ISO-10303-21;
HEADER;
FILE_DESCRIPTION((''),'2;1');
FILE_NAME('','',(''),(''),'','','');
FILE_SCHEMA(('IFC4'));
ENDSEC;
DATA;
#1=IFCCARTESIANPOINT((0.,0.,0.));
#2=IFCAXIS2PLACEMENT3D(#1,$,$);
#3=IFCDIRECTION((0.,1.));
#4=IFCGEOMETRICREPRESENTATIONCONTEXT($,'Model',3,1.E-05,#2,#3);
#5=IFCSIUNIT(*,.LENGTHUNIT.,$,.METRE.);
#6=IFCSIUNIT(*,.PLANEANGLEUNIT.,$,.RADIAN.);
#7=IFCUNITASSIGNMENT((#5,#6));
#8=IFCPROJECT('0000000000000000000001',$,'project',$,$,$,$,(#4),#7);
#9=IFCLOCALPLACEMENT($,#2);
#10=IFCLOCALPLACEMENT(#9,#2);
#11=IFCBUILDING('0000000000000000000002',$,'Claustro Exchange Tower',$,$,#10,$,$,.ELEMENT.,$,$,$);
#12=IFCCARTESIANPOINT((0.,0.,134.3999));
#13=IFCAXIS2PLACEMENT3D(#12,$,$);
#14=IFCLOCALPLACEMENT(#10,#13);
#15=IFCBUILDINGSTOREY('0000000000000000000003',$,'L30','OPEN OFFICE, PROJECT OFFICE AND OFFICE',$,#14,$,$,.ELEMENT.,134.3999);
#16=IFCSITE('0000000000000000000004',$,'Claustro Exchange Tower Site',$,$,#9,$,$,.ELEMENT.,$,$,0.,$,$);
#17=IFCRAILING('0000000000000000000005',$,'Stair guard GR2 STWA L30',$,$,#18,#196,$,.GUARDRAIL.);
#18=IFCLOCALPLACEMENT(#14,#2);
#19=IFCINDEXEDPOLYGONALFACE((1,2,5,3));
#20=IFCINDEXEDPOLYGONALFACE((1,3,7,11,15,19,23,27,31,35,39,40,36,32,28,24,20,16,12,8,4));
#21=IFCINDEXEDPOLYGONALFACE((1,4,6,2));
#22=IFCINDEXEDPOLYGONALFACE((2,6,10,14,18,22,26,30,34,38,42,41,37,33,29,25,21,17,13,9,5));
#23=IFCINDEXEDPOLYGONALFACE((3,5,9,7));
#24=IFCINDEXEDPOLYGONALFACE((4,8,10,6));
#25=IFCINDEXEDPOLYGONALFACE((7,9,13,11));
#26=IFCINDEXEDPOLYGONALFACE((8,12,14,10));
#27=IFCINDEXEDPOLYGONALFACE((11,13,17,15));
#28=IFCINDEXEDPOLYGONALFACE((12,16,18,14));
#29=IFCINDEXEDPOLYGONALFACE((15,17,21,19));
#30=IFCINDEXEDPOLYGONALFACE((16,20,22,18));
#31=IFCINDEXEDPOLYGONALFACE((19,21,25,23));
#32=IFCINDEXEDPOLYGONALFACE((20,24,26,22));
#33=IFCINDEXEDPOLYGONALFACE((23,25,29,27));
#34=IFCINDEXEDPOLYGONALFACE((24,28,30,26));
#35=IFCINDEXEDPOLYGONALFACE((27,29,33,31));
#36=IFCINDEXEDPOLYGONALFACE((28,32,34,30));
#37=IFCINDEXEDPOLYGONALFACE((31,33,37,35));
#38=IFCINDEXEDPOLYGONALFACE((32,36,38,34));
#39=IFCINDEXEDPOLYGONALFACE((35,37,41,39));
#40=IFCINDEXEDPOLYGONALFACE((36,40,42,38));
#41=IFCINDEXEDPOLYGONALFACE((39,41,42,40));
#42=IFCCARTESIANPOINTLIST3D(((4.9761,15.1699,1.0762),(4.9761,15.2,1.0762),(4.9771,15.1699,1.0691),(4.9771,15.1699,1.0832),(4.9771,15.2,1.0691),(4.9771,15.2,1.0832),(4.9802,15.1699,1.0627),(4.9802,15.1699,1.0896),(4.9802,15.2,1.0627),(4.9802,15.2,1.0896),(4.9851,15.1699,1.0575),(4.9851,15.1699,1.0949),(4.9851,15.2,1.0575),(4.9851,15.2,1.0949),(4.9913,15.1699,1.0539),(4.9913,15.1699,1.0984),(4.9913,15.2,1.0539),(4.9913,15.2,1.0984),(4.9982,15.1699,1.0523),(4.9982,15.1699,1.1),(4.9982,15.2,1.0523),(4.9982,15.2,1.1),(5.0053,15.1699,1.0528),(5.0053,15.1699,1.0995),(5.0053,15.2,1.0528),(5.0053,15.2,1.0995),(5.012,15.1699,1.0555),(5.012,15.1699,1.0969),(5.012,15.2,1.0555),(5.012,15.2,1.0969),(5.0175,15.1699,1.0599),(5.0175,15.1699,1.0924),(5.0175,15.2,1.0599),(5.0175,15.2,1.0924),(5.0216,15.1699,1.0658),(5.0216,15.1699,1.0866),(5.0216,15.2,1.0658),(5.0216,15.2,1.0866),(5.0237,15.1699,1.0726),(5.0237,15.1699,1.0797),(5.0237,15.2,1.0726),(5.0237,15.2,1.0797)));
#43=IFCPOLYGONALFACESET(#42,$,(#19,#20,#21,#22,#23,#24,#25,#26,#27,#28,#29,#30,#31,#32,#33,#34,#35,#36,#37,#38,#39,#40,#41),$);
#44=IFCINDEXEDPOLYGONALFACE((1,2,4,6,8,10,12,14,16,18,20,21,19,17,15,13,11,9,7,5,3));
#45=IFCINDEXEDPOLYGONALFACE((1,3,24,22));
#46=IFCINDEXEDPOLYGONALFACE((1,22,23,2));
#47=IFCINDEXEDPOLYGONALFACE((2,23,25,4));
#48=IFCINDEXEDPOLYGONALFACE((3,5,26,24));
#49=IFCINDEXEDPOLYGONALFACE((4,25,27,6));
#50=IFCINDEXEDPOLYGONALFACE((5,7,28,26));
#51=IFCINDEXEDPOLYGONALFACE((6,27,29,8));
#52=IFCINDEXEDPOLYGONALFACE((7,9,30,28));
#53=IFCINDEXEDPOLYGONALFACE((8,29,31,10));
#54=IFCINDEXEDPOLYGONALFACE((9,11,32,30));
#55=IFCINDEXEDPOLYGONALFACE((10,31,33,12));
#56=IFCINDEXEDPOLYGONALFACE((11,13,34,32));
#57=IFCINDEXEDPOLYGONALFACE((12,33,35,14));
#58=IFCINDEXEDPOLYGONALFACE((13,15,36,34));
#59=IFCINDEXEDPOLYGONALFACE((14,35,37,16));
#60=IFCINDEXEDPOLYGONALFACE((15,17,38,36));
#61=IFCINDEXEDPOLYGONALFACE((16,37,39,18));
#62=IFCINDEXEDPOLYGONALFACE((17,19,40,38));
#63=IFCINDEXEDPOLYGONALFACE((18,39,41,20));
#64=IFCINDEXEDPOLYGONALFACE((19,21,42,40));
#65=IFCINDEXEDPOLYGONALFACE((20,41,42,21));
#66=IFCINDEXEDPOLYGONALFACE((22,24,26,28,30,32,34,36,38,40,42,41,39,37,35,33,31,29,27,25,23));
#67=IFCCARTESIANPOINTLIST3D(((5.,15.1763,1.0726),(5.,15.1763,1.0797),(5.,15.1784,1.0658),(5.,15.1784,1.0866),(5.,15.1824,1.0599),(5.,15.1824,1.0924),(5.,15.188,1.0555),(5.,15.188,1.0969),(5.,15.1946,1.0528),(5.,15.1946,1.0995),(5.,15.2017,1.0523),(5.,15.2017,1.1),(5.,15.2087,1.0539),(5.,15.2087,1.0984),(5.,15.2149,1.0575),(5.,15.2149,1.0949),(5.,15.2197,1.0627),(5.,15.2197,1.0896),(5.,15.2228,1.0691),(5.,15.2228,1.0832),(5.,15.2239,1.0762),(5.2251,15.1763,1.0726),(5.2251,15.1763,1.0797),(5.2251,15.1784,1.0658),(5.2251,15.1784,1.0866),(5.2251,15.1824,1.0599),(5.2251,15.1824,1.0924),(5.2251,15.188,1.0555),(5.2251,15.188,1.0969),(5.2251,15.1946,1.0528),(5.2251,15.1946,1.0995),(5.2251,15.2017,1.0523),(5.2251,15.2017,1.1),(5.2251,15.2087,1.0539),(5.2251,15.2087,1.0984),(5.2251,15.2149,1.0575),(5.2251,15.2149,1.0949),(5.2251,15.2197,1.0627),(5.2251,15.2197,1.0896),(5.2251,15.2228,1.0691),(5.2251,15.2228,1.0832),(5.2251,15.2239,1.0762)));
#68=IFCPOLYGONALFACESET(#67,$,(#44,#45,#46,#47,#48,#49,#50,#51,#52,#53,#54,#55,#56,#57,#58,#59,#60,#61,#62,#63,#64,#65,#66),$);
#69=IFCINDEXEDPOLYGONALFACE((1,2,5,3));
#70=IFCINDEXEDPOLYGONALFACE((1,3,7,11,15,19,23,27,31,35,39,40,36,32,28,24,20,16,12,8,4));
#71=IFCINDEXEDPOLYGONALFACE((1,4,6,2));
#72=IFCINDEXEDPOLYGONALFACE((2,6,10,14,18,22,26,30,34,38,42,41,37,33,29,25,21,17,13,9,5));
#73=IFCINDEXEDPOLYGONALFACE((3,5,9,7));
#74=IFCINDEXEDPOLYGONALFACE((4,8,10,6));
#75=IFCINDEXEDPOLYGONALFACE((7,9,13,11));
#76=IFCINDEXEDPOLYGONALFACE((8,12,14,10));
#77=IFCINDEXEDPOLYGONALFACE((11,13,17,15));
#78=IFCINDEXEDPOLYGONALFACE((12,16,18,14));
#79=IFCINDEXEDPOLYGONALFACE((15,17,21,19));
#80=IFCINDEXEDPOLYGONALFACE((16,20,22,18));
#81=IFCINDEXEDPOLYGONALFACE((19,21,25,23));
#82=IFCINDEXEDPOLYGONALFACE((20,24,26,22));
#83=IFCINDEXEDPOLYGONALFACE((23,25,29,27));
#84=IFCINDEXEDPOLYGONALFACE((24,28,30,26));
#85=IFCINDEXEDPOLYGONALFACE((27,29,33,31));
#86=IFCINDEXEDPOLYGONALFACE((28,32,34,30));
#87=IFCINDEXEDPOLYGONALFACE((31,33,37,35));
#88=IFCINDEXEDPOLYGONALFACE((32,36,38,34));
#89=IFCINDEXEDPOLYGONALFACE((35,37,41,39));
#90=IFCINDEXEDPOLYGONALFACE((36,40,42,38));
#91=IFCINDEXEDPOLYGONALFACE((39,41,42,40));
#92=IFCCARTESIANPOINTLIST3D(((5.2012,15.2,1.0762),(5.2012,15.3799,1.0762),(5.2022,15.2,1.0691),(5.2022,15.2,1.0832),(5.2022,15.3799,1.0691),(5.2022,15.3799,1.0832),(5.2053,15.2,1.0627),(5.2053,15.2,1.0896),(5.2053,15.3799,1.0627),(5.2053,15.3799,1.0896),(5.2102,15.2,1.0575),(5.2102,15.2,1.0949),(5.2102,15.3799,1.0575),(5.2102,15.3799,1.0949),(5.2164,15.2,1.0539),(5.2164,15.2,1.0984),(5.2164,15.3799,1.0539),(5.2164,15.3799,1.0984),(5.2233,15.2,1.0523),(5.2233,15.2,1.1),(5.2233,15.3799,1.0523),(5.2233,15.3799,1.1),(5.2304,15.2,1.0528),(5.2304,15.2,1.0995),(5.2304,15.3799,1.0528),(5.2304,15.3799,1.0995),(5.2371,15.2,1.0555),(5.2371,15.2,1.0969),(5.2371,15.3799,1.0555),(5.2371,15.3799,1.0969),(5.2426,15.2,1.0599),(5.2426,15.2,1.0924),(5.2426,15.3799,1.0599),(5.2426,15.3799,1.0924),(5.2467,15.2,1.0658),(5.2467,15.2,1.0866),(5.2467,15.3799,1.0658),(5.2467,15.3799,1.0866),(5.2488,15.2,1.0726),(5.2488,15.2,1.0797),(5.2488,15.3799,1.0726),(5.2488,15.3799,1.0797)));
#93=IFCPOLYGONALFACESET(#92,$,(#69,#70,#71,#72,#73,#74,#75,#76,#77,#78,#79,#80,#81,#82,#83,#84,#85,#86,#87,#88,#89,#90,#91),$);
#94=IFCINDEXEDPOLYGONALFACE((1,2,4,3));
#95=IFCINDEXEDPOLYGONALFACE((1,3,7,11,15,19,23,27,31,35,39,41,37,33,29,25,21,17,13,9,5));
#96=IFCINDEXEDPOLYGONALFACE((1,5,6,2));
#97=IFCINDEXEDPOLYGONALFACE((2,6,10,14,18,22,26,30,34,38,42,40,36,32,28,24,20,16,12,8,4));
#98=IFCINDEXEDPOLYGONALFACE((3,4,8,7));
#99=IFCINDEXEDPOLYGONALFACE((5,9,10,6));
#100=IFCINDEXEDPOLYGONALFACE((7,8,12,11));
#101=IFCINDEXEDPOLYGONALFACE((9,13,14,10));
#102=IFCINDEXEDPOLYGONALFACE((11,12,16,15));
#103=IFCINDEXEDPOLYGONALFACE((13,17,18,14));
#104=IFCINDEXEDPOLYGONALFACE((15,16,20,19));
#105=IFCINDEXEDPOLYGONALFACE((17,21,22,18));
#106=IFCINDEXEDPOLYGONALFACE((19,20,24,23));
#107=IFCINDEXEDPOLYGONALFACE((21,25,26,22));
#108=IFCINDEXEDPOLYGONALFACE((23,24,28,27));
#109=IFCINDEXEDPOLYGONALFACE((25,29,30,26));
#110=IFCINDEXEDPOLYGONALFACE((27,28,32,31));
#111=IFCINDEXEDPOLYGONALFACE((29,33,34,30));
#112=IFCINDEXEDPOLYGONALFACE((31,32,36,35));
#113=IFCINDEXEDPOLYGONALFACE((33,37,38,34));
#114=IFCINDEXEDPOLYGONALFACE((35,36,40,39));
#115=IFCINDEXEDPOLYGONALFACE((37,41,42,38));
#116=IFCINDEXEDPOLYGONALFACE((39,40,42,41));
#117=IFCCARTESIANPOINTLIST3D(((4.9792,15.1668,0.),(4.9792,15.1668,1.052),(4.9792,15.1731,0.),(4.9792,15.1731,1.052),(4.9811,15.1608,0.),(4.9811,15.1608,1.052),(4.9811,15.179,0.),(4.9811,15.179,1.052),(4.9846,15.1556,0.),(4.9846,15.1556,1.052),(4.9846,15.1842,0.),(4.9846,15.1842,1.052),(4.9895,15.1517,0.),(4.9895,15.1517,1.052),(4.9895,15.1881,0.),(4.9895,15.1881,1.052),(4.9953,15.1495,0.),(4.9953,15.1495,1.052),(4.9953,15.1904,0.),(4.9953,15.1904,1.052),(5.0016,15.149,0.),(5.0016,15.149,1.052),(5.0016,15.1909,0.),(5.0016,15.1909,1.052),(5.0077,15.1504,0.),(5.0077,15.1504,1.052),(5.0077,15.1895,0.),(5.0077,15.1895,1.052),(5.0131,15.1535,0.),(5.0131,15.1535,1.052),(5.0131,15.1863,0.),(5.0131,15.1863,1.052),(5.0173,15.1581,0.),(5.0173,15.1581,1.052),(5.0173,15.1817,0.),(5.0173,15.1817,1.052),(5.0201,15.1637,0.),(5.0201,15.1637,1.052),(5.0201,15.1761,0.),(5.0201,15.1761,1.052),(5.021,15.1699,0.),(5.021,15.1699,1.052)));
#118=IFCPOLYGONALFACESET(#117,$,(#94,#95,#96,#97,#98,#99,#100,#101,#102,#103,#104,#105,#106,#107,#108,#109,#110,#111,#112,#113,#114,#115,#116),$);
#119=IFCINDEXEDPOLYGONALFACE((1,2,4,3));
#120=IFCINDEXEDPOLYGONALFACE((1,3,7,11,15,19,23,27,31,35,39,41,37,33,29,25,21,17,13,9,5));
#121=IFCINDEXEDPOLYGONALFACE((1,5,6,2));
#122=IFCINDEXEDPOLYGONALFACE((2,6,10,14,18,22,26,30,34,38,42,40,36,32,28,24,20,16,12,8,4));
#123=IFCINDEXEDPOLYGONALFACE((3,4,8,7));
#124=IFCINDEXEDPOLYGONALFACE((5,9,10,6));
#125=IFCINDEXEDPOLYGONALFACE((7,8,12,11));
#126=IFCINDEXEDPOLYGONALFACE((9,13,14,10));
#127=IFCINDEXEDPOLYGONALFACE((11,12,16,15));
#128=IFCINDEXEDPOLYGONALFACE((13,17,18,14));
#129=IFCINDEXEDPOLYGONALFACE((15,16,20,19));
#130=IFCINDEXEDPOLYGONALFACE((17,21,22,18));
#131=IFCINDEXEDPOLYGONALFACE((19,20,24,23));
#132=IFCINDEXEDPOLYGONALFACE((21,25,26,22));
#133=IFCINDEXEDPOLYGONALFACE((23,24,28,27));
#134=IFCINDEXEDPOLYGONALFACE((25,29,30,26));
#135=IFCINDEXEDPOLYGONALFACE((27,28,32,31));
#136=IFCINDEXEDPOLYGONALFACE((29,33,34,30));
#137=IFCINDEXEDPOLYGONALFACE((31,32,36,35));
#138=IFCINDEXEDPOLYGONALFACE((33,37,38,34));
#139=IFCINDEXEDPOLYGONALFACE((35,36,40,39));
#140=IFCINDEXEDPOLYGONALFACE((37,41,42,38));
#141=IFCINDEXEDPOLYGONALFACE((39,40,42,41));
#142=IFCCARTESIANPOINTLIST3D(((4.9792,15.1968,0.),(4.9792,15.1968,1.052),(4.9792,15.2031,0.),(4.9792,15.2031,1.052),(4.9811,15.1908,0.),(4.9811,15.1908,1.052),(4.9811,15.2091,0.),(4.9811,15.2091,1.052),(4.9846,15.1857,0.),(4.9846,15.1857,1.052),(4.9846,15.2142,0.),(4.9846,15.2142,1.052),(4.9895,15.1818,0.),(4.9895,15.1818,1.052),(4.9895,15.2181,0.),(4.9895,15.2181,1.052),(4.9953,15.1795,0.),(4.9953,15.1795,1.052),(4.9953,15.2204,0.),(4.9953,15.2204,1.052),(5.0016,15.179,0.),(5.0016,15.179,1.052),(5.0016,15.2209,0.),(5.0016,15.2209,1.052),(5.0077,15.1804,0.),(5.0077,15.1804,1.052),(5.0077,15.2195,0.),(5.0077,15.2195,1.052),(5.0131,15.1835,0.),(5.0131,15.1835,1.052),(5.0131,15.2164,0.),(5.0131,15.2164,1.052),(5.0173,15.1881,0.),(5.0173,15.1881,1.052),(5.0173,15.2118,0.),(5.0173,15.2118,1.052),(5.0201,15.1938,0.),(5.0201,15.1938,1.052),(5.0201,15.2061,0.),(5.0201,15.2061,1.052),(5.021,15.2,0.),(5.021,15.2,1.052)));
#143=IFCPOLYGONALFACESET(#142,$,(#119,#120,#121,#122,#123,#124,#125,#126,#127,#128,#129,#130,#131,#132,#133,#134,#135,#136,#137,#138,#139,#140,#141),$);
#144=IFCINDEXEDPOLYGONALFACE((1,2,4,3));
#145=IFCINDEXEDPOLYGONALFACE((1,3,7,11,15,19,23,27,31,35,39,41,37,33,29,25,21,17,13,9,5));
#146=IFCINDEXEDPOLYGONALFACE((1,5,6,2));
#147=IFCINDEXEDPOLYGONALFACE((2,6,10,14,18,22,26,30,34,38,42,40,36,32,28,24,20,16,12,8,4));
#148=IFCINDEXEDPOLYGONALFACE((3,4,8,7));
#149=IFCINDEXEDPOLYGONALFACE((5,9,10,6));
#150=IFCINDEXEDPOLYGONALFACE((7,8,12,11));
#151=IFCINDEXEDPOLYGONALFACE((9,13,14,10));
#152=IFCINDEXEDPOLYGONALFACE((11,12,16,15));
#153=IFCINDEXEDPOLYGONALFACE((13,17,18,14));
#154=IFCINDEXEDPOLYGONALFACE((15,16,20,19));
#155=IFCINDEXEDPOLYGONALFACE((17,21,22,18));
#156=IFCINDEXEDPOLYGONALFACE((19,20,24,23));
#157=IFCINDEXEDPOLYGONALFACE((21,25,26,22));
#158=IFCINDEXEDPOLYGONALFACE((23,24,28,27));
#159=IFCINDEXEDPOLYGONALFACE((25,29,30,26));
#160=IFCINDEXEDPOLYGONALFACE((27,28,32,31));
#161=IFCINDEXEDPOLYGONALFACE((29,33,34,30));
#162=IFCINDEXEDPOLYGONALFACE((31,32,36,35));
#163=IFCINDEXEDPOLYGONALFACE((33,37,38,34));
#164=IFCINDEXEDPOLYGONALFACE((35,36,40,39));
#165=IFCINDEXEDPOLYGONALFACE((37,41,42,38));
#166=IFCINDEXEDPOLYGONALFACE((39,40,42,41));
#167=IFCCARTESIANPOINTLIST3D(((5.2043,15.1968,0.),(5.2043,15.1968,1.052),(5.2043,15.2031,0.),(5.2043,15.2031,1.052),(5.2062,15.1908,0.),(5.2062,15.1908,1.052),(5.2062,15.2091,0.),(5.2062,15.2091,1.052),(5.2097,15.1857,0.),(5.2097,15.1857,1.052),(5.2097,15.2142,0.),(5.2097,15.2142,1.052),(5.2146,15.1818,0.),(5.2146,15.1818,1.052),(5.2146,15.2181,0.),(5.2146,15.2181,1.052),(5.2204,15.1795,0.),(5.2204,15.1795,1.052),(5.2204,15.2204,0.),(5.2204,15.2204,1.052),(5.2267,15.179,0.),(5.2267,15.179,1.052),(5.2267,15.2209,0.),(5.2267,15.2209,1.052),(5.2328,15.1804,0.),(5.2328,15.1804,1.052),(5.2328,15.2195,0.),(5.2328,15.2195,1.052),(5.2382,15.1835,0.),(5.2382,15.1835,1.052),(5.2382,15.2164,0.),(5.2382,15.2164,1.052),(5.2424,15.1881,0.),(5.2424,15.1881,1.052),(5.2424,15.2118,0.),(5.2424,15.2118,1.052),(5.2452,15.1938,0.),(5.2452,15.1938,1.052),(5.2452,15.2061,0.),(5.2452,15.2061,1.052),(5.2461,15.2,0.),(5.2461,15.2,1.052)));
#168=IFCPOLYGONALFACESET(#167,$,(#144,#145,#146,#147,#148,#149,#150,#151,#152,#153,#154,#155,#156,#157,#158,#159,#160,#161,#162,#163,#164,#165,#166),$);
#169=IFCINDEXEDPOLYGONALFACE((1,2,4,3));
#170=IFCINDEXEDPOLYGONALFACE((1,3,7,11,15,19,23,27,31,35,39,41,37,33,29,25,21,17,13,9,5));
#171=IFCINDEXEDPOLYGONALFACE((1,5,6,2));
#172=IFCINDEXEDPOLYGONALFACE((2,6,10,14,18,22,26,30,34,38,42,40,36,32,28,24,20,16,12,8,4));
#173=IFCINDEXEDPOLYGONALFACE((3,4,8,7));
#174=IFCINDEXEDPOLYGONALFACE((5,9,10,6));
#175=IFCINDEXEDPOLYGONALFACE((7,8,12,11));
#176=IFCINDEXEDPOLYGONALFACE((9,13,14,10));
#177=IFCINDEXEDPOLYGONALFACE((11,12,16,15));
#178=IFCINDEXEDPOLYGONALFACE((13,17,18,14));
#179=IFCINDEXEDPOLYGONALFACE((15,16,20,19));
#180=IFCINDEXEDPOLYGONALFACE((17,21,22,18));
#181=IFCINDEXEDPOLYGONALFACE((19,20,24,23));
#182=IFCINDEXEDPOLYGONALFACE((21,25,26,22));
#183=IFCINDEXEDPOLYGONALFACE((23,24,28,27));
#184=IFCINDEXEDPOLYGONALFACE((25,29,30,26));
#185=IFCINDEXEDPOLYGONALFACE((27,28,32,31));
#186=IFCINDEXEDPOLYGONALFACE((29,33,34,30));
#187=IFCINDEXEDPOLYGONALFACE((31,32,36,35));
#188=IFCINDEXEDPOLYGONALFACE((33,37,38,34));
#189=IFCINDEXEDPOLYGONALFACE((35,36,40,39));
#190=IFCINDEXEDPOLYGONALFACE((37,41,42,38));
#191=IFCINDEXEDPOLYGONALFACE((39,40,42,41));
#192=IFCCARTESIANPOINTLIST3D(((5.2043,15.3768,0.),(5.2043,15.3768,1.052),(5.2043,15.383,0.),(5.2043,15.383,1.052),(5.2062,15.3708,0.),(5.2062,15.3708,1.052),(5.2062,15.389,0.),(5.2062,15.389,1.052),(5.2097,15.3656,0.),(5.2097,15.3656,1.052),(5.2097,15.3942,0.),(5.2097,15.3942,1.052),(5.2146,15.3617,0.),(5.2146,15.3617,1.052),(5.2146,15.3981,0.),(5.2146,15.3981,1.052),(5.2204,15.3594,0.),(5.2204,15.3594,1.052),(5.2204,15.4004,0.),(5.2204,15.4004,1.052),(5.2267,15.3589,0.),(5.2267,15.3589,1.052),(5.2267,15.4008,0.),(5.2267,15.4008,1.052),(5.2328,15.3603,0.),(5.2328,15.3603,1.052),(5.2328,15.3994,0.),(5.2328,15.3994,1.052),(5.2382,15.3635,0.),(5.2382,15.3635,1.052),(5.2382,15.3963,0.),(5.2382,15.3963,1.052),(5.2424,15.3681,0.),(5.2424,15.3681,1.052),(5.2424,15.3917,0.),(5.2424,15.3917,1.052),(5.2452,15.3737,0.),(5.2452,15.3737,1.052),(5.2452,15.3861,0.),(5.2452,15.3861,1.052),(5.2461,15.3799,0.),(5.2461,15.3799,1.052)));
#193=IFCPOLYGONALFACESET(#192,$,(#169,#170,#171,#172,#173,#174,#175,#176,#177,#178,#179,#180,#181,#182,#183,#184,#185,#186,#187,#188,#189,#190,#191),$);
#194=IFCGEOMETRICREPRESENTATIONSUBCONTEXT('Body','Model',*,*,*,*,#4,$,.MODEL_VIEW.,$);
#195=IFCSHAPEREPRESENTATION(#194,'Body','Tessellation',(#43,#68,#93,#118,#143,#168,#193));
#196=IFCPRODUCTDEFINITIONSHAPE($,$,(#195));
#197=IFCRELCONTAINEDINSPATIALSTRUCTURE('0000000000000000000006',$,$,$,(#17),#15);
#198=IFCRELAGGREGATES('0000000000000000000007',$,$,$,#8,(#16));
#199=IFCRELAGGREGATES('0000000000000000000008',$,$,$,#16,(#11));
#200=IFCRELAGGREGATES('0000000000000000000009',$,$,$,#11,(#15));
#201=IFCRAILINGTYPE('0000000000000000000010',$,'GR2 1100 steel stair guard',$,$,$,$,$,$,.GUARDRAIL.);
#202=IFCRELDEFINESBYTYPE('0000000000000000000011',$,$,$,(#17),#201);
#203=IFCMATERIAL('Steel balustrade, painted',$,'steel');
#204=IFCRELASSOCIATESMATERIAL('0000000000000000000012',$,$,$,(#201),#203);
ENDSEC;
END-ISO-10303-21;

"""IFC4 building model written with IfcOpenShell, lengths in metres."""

from ifc_helpers import new_model, si_unit, direction, frame, origin, origin_2d, place, context, subcontext, project, spatial, circle, extrude, material, type_object, element, save


model = new_model("IFC4")

# Units and contexts
model_context = context("Model", 3, precision=1e-05, world=origin(), true_north=direction((0.0, 1.0)))
body_context = subcontext(model_context, "Body", "Model", "MODEL_VIEW")
ifc_project = project(units=[si_unit("LENGTHUNIT", "METRE"), si_unit("PLANEANGLEUNIT", "RADIAN")], contexts=[model_context])

# Site, building, storey
site_placement = place(None, origin())
site = spatial("IfcSite", under=ifc_project, at=site_placement, Name="Claustro Exchange Tower Site", CompositionType="ELEMENT", RefElevation=0.0)
building_placement = place(site_placement, origin())
building = spatial("IfcBuilding", under=site, at=building_placement, Name="Claustro Exchange Tower", CompositionType="ELEMENT")
storey_placement = place(building_placement, frame((0.0, 0.0, 134.3999)))
storey = spatial("IfcBuildingStorey", under=building, at=storey_placement, Name="L30", Description="OPEN OFFICE, PROJECT OFFICE AND OFFICE", CompositionType="ELEMENT", Elevation=134.3999)

# Railing
ifc_material_1 = material(Name="Steel balustrade, painted", Category="steel")
railing_type_1 = type_object("IfcRailingType", Name="GR2 1100 steel stair guard", PredefinedType="GUARDRAIL", material=ifc_material_1)
railing_1_placement = place(storey_placement, frame((5.0, 15.1699, 0.0)))
element("IfcRailing", 1, at=railing_1_placement, inside=storey, type_object=railing_type_1, Name="Stair guard GR2 STWA L30", PredefinedType="GUARDRAIL", context=body_context, shape_type="SweptSolid", body=[
    extrude(circle(Radius=0.0239, at=origin_2d()), frame((0.0, 0.0, 1.0762), z_axis=(0.0, 1.0, 0.0), x_axis=(-1.0, 0.0, 0.0)), (0.0, 0.0, 1.0), 0.03),
    extrude(circle(Radius=0.0239, at=origin_2d()), frame((0.0, 0.03, 1.0762), z_axis=(1.0, 0.0, 0.0), x_axis=(0.0, 1.0, 0.0)), (0.0, 0.0, 1.0), 0.2251),
    extrude(circle(Radius=0.0239, at=origin_2d()), frame((0.2251, 0.03, 1.0762), z_axis=(0.0, 1.0, 0.0), x_axis=(-1.0, 0.0, 0.0)), (0.0, 0.0, 1.0), 0.1799),
    extrude(circle(Radius=0.021, at=origin_2d()), origin(), (0.0, 0.0, 1.0), 1.052),
    extrude(circle(Radius=0.021, at=origin_2d()), frame((0.0, 0.03, 0.0)), (0.0, 0.0, 1.0), 1.052),
    extrude(circle(Radius=0.021, at=origin_2d()), frame((0.2251, 0.03, 0.0)), (0.0, 0.0, 1.0), 1.052),
    extrude(circle(Radius=0.021, at=origin_2d()), frame((0.2251, 0.21, 0.0)), (0.0, 0.0, 1.0), 1.052),
])

save(model, "model.ifc")
